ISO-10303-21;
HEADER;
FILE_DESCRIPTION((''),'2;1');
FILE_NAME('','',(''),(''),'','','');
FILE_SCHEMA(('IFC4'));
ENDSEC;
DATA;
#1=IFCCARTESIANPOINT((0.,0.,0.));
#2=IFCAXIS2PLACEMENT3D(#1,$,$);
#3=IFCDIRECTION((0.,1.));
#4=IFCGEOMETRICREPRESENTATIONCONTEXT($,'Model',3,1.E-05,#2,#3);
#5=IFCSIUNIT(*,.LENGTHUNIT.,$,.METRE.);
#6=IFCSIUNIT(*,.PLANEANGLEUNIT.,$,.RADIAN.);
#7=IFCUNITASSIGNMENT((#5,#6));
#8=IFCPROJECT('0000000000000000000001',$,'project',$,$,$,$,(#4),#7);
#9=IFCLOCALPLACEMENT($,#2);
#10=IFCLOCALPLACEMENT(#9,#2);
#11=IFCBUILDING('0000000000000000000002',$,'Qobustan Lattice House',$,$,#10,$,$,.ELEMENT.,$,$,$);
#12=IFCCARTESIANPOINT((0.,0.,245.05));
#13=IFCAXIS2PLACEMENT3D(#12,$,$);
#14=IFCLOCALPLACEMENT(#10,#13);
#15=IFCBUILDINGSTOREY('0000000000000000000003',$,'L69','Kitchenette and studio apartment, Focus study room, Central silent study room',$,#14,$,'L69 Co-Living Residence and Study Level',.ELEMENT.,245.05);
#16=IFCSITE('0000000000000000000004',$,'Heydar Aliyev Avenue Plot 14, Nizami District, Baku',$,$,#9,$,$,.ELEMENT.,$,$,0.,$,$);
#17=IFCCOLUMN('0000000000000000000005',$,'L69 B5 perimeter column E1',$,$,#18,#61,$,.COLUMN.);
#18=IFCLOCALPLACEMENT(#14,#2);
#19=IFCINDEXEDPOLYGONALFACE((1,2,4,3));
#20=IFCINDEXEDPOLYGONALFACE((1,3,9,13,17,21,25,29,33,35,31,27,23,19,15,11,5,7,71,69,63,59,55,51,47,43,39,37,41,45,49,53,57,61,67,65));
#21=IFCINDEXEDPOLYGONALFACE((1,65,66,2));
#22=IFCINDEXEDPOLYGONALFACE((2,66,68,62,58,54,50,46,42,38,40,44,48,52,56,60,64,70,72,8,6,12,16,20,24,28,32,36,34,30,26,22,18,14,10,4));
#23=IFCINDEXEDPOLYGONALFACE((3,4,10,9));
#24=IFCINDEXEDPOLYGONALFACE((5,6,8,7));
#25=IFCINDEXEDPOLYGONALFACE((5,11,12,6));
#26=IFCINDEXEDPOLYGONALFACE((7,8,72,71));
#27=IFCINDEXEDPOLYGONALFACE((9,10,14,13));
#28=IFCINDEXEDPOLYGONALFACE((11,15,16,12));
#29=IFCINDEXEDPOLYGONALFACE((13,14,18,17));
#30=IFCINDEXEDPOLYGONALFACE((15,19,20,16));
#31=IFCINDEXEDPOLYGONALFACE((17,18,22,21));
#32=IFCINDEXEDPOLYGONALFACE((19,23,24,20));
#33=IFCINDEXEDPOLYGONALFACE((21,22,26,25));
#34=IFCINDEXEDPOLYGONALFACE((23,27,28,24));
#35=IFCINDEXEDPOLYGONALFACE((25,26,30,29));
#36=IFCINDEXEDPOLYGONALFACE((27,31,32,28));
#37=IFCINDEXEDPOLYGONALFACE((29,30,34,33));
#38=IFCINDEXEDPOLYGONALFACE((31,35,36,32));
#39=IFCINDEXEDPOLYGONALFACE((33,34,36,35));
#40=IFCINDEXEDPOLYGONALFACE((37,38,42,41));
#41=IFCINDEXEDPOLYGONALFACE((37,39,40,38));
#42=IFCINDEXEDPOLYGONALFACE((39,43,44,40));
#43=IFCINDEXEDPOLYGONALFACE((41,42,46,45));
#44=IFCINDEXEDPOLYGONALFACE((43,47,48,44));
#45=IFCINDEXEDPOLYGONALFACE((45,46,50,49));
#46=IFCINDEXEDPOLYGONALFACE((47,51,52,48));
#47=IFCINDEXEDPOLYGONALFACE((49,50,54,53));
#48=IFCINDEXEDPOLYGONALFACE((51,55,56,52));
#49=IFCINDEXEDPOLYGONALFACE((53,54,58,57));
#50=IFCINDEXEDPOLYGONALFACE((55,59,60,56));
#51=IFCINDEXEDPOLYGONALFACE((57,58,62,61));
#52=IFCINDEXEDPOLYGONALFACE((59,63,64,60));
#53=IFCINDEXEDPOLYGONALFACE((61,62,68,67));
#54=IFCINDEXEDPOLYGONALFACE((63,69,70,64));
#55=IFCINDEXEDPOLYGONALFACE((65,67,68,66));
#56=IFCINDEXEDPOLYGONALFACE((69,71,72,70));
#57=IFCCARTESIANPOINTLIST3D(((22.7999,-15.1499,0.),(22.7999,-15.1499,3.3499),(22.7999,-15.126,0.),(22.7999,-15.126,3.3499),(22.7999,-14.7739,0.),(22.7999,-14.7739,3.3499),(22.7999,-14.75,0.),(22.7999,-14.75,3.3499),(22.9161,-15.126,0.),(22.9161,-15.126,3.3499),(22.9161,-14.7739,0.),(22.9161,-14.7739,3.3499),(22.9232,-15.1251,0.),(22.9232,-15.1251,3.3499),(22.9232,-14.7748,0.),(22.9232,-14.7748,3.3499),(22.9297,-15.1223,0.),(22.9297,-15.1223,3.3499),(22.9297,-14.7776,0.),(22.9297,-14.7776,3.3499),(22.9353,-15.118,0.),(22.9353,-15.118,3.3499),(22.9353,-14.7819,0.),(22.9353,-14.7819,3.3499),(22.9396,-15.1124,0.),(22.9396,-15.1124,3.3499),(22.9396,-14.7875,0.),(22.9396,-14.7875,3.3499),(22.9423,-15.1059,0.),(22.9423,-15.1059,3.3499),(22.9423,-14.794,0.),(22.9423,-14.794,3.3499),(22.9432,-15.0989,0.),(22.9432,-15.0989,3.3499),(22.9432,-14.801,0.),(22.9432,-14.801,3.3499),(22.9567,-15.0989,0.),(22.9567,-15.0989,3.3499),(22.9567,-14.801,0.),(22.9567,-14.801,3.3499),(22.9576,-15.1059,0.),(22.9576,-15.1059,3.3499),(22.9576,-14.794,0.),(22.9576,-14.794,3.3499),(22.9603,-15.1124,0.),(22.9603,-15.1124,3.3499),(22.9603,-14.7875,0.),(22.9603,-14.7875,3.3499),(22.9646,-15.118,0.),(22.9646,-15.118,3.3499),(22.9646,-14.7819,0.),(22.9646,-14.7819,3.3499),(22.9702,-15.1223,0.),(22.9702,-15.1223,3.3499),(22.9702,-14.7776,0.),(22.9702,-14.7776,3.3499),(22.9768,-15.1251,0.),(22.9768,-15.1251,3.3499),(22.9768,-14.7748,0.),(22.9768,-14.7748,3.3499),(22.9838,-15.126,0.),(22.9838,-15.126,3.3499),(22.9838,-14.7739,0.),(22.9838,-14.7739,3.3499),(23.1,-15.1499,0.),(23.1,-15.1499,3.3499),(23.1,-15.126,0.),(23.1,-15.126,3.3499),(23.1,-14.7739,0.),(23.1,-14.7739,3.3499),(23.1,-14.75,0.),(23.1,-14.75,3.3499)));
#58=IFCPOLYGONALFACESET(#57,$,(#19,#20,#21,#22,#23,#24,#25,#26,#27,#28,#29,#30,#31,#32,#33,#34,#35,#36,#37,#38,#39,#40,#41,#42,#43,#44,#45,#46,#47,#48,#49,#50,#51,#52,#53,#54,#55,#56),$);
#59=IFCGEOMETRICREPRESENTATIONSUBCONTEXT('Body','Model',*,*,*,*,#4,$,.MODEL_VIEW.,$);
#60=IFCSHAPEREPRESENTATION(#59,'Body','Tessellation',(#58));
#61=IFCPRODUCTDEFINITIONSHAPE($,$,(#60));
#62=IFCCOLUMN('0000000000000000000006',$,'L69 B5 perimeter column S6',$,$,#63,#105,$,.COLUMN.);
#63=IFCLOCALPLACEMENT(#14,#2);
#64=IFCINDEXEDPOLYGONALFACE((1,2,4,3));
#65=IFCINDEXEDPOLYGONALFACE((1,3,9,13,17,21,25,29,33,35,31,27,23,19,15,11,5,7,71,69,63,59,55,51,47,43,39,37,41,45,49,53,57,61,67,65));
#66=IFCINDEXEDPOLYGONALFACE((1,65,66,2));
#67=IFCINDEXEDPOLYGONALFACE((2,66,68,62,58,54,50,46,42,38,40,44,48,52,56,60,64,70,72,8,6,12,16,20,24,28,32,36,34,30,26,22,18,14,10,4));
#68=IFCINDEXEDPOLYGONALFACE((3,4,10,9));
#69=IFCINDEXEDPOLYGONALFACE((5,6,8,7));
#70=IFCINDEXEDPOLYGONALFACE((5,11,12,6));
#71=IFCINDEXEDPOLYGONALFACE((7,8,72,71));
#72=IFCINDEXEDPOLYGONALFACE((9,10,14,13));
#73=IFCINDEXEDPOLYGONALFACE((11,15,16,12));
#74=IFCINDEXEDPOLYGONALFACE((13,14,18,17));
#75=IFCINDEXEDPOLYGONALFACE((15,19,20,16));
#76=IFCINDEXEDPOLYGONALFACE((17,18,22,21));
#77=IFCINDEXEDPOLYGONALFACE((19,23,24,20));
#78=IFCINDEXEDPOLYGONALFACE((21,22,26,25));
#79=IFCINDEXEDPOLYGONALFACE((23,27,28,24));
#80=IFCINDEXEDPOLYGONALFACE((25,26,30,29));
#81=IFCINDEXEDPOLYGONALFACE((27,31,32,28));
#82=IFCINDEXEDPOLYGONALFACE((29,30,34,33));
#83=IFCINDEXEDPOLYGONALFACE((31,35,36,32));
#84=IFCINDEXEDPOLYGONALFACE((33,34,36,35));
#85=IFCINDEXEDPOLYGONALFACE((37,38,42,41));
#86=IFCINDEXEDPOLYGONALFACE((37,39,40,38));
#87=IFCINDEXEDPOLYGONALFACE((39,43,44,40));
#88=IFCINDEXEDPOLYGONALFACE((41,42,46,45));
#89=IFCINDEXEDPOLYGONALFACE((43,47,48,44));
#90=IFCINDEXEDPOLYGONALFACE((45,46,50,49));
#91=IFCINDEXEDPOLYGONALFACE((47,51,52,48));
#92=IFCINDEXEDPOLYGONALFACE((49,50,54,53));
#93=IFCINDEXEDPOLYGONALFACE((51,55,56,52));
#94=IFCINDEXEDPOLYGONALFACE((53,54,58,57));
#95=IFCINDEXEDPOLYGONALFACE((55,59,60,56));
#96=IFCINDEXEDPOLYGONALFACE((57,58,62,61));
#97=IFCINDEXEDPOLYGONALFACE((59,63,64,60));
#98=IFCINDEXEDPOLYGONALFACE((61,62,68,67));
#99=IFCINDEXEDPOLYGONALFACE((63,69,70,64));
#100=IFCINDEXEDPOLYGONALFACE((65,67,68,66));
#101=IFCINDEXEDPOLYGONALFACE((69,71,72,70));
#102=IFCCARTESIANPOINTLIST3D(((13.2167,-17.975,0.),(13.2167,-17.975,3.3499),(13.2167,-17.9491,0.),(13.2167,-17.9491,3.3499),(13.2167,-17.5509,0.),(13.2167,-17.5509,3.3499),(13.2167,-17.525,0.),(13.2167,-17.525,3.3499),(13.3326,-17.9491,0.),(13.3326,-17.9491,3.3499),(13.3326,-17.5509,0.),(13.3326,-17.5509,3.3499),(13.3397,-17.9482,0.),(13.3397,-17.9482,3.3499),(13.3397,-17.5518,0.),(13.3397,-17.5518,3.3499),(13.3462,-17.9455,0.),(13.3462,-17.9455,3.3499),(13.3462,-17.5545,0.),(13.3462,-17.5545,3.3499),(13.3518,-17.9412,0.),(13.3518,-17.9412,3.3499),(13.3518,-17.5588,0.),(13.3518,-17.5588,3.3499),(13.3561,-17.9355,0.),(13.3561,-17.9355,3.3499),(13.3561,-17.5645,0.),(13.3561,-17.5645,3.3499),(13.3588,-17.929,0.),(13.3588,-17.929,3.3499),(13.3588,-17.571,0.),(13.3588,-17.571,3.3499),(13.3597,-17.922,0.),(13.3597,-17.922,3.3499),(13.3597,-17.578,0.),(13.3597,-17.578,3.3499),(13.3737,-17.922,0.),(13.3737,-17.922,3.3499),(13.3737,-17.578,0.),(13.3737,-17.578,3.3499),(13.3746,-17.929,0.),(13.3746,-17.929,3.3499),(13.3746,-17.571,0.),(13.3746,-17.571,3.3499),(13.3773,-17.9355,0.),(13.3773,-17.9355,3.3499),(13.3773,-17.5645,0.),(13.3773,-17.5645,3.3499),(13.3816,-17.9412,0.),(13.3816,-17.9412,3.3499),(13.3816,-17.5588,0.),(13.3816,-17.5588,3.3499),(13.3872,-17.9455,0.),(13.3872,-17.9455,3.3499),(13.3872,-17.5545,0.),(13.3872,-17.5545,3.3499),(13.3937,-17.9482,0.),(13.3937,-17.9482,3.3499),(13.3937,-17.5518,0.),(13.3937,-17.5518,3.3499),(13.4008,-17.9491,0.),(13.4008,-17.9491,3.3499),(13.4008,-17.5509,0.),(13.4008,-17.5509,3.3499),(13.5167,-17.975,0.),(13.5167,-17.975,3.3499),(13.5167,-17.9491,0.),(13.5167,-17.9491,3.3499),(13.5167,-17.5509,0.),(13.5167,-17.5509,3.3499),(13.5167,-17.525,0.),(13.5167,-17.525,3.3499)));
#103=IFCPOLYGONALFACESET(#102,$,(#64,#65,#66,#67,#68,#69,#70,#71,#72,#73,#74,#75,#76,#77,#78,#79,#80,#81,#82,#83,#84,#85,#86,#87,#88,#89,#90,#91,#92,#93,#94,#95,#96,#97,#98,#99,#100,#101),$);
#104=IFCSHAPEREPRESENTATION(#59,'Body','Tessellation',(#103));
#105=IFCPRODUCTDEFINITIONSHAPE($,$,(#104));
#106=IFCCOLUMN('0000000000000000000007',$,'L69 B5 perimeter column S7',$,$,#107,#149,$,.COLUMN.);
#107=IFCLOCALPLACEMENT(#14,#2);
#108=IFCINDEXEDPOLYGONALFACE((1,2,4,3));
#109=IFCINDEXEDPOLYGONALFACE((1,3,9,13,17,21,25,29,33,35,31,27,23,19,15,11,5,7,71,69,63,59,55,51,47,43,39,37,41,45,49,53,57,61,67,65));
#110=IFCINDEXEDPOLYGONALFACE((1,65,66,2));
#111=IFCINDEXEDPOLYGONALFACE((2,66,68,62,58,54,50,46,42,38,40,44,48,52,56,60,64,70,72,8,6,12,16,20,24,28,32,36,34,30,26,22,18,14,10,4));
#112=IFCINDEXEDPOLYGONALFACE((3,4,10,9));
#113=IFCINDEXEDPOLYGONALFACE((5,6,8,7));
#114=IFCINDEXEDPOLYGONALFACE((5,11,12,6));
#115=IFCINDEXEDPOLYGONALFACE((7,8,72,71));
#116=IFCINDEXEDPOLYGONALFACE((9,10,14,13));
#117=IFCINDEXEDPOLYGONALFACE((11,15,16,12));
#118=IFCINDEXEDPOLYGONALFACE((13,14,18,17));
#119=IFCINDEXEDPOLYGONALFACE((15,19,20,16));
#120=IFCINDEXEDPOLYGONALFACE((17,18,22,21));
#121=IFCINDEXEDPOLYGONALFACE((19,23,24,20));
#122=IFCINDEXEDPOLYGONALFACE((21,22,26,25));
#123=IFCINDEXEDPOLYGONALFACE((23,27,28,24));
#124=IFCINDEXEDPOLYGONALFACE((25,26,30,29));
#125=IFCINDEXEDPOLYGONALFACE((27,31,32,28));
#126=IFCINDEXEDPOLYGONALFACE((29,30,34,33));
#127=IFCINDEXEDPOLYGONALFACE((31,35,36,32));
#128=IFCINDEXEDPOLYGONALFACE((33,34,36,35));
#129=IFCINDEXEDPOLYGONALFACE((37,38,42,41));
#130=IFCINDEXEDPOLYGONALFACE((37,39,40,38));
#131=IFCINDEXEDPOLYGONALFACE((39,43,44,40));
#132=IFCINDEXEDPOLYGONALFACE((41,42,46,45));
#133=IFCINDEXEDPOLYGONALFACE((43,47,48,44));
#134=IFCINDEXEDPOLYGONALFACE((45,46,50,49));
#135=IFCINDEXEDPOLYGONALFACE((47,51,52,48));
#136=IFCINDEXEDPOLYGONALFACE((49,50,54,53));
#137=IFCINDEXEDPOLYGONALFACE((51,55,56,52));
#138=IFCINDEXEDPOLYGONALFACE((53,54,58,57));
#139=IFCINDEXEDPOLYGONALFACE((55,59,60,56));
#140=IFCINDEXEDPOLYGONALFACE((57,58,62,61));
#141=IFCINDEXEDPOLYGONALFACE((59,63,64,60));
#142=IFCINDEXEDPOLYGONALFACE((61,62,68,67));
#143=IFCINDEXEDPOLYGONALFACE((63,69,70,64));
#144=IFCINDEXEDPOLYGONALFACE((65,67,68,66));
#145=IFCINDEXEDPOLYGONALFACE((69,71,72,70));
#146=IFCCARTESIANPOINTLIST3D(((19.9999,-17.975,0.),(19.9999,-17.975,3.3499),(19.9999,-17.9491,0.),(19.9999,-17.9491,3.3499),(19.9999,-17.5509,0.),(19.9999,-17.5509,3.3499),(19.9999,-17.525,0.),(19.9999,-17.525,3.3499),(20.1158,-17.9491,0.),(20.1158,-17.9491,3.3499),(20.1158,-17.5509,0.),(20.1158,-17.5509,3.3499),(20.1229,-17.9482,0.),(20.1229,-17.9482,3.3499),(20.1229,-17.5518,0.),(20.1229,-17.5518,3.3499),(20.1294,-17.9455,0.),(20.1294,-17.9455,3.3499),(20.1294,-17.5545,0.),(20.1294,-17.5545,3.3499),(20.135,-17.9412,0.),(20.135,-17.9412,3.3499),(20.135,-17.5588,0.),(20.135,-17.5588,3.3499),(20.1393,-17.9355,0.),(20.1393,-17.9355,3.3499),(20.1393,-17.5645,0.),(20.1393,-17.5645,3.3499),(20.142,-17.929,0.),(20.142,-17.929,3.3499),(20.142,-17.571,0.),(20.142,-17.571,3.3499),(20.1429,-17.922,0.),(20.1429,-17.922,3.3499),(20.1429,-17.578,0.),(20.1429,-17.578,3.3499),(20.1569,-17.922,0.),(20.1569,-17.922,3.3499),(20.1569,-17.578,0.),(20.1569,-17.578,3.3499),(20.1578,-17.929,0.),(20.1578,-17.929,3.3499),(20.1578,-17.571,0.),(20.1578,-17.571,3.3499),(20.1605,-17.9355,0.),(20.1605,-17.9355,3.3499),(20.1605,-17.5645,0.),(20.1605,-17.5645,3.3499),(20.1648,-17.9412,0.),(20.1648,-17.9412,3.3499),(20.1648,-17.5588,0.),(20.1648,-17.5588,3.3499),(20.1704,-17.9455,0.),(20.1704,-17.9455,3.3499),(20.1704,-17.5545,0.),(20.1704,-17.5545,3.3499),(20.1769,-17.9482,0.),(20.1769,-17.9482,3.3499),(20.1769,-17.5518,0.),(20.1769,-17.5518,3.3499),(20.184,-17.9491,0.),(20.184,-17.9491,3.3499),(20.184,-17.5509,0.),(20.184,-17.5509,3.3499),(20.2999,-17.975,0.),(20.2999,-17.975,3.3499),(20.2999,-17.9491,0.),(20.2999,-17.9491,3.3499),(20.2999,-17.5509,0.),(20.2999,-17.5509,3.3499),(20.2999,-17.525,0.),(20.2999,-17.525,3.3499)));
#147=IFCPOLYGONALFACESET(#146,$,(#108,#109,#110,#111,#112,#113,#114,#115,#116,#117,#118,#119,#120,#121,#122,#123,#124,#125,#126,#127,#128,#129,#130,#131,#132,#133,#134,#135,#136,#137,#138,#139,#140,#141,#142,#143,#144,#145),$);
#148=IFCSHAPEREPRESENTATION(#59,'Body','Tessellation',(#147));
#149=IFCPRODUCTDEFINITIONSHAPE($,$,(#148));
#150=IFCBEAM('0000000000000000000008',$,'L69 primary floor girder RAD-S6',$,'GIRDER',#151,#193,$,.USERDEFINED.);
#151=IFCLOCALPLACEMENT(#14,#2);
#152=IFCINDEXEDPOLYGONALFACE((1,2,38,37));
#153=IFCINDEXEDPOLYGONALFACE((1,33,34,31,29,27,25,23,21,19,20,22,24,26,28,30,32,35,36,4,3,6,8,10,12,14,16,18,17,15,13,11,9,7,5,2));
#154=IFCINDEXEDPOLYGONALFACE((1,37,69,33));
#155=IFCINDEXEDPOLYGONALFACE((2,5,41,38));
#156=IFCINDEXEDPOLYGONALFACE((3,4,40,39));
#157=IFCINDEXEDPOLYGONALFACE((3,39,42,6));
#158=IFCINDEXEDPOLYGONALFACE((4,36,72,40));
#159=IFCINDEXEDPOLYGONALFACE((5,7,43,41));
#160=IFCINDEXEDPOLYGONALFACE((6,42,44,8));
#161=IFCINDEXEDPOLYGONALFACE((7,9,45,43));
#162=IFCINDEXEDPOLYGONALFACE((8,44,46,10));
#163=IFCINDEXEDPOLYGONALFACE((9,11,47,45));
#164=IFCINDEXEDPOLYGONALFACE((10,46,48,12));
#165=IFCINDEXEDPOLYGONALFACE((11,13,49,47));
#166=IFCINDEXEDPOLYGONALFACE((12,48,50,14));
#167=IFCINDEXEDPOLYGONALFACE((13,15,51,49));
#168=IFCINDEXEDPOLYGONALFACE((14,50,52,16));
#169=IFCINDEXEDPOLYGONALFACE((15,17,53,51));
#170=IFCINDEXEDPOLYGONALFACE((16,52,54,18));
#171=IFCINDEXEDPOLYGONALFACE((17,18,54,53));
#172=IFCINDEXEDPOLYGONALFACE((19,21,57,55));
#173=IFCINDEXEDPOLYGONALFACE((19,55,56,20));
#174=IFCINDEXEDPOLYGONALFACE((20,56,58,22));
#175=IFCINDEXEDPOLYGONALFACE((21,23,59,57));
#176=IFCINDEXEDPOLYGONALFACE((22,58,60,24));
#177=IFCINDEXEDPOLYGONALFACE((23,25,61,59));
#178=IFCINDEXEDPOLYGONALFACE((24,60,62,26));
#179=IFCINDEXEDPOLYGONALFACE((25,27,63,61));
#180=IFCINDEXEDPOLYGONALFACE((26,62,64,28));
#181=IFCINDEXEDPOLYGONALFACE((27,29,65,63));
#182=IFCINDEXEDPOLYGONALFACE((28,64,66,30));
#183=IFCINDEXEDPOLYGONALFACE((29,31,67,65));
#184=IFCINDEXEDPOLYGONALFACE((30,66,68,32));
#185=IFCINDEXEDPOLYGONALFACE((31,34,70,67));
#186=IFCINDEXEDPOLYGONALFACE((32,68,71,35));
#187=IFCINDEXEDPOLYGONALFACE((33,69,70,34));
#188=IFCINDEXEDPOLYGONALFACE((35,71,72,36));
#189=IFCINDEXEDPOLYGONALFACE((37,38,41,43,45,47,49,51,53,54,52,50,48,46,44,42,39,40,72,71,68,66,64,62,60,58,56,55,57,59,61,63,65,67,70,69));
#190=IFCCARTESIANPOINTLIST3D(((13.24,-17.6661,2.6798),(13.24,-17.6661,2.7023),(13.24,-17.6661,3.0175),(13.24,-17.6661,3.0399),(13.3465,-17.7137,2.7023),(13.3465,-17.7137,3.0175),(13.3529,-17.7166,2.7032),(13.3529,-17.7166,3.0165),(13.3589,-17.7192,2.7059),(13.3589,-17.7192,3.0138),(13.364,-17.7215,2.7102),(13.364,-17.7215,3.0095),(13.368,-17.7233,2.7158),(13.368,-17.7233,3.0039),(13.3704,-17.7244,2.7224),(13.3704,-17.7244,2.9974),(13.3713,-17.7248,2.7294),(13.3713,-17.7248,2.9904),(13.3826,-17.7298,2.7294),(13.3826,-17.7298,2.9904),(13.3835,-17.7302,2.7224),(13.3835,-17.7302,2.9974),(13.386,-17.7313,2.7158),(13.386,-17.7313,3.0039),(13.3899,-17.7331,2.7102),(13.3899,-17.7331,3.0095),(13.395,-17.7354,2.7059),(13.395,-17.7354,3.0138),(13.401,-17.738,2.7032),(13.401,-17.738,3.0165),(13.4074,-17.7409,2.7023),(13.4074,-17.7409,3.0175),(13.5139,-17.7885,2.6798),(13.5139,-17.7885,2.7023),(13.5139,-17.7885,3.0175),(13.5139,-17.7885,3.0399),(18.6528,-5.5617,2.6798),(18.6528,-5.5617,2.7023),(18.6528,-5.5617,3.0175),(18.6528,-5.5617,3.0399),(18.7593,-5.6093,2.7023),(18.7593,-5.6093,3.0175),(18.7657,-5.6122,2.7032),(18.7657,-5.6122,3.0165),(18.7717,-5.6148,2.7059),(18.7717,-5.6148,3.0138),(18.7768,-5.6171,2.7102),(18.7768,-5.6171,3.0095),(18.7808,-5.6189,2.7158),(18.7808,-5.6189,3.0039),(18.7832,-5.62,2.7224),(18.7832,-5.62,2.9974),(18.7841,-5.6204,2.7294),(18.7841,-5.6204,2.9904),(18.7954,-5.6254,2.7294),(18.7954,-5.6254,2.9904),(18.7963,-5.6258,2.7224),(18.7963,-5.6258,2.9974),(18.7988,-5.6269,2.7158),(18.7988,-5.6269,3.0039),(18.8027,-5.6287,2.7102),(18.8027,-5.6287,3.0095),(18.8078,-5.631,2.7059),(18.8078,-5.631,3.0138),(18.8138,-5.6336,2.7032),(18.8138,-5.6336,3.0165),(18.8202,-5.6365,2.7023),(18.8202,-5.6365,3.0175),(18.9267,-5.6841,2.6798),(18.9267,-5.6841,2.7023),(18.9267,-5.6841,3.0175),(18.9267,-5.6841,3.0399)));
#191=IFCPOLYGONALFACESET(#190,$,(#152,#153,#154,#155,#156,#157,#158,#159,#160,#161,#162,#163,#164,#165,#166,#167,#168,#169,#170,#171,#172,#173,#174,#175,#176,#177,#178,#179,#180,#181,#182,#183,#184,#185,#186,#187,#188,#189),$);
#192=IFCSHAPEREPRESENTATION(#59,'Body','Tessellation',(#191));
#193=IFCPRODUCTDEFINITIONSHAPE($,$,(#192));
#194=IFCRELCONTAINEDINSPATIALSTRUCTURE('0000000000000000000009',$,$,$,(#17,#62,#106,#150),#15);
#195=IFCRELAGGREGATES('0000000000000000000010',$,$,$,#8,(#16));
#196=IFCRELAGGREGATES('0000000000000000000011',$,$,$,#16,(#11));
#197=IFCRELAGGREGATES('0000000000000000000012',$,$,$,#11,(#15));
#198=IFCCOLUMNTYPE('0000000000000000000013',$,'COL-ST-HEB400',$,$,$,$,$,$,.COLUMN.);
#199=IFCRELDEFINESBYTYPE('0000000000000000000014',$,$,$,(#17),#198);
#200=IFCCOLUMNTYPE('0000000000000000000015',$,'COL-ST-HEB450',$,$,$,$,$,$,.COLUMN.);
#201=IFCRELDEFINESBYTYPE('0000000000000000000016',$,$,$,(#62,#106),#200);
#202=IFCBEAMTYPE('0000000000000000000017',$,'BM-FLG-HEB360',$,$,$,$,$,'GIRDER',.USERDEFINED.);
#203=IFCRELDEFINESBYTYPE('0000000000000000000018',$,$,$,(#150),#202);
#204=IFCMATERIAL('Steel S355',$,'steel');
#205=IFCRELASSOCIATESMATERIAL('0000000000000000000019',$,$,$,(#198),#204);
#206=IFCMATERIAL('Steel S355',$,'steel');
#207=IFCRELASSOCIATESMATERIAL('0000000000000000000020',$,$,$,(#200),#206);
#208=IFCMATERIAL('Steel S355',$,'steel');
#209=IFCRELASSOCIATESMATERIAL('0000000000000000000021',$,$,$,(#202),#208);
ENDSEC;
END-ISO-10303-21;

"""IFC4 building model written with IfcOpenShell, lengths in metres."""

from ifc_helpers import new_model, si_unit, direction, frame, origin, origin_2d, place, context, subcontext, project, spatial, i_section, extrude, material, material_profile, profile_set, type_object, element, save


model = new_model("IFC4")

# Units and contexts
model_context = context("Model", 3, precision=1e-05, world=origin(), true_north=direction((0.0, 1.0)))
body_context = subcontext(model_context, "Body", "Model", "MODEL_VIEW")
ifc_project = project(units=[si_unit("LENGTHUNIT", "METRE"), si_unit("PLANEANGLEUNIT", "RADIAN")], contexts=[model_context])

# Site, building, storey
site_placement = place(None, origin())
site = spatial("IfcSite", under=ifc_project, at=site_placement, Name="Heydar Aliyev Avenue Plot 14, Nizami District, Baku", CompositionType="ELEMENT", RefElevation=0.0)
building_placement = place(site_placement, origin())
building = spatial("IfcBuilding", under=site, at=building_placement, Name="Qobustan Lattice House", CompositionType="ELEMENT")
storey_placement = place(building_placement, frame((0.0, 0.0, 245.05)))
storey = spatial("IfcBuildingStorey", under=building, at=storey_placement, Name="L69", Description="Kitchenette and studio apartment, Focus study room, Central silent study room", LongName="L69 Co-Living Residence and Study Level", CompositionType="ELEMENT", Elevation=245.05)

# Columns
ifc_material_1 = material(Name="Steel S355", Category="steel")
ifc_material_profile_1 = material_profile(ifc_material_1, i_section(OverallWidth=0.3, OverallDepth=0.3999, WebThickness=0.0134, FlangeThickness=0.0239, FilletRadius=0.0271, at=origin_2d()), Name="HEB400")
ifc_profile_set_1 = profile_set([ifc_material_profile_1], Name="Steel S355")
column_type_1 = type_object("IfcColumnType", Name="COL-ST-HEB400", PredefinedType="COLUMN", material=ifc_profile_set_1)
column_placement = place(storey_placement, frame((22.95, -14.95, 0.0), z_axis=(0.0, 0.0, 1.0), x_axis=(1.0, 0.0, 0.0)))
element("IfcColumn", 1, at=column_placement, inside=storey, type_object=column_type_1, Name="L69 B5 perimeter column E1", PredefinedType="COLUMN", context=body_context, shape_type="SweptSolid", body=[
    extrude(i_section(OverallWidth=0.3, OverallDepth=0.3999, WebThickness=0.0134, FlangeThickness=0.0239, FilletRadius=0.0271, at=origin_2d()), origin(), (0.0, 0.0, 1.0), 3.3499),
])
ifc_material_2 = material(Name="Steel S355", Category="steel")
ifc_material_profile_2 = material_profile(ifc_material_2, i_section(OverallWidth=0.3, OverallDepth=0.45, WebThickness=0.0139, FlangeThickness=0.0259, FilletRadius=0.0271, at=origin_2d()), Name="HEB450")
ifc_profile_set_2 = profile_set([ifc_material_profile_2], Name="Steel S355")
column_type_2 = type_object("IfcColumnType", Name="COL-ST-HEB450", PredefinedType="COLUMN", material=ifc_profile_set_2)
for number, where, z_axis, x_axis, name in (
    (2, (13.3667, -17.75, 0.0), (0.0, 0.0, 1.0), (1.0, 0.0, 0.0), "L69 B5 perimeter column S6"),
    (3, (20.1499, -17.75, 0.0), (0.0, 0.0, 1.0), (1.0, 0.0, 0.0), "L69 B5 perimeter column S7"),
):
    element("IfcColumn", number, at=place(storey_placement, frame(where, z_axis=z_axis, x_axis=x_axis)), inside=storey, type_object=column_type_2, Name=name, PredefinedType="COLUMN", context=body_context, shape_type="SweptSolid", body=[
        extrude(i_section(OverallWidth=0.3, OverallDepth=0.45, WebThickness=0.0139, FlangeThickness=0.0259, FilletRadius=0.0271, at=origin_2d()), origin(), (0.0, 0.0, 1.0), 3.3499),
    ])

# Beam
ifc_material_3 = material(Name="Steel S355", Category="steel")
ifc_material_profile_3 = material_profile(ifc_material_3, i_section(OverallWidth=0.3, OverallDepth=0.3601, WebThickness=0.0125, FlangeThickness=0.0225, FilletRadius=0.0271, at=origin_2d()), Name="HEB360")
ifc_profile_set_3 = profile_set([ifc_material_profile_3], Name="Steel S355")
beam_type_1 = type_object("IfcBeamType", Name="BM-FLG-HEB360", ElementType="GIRDER", PredefinedType="USERDEFINED", material=ifc_profile_set_3)
beam_1_placement = place(storey_placement, frame((13.377, -17.7273, 2.8599), z_axis=(0.40822, 0.912884, 0.0), x_axis=(-0.912884, 0.40822, 0.0)))
element("IfcBeam", 4, at=beam_1_placement, inside=storey, type_object=beam_type_1, Name="L69 primary floor girder RAD-S6", ObjectType="GIRDER", PredefinedType="USERDEFINED", context=body_context, shape_type="SweptSolid", body=[
    extrude(i_section(OverallWidth=0.3, OverallDepth=0.3601, WebThickness=0.0125, FlangeThickness=0.0225, FilletRadius=0.0271, at=origin_2d()), origin(), (0.0, 0.0, 1.0), 13.2595),
])

save(model, "model.ifc")
